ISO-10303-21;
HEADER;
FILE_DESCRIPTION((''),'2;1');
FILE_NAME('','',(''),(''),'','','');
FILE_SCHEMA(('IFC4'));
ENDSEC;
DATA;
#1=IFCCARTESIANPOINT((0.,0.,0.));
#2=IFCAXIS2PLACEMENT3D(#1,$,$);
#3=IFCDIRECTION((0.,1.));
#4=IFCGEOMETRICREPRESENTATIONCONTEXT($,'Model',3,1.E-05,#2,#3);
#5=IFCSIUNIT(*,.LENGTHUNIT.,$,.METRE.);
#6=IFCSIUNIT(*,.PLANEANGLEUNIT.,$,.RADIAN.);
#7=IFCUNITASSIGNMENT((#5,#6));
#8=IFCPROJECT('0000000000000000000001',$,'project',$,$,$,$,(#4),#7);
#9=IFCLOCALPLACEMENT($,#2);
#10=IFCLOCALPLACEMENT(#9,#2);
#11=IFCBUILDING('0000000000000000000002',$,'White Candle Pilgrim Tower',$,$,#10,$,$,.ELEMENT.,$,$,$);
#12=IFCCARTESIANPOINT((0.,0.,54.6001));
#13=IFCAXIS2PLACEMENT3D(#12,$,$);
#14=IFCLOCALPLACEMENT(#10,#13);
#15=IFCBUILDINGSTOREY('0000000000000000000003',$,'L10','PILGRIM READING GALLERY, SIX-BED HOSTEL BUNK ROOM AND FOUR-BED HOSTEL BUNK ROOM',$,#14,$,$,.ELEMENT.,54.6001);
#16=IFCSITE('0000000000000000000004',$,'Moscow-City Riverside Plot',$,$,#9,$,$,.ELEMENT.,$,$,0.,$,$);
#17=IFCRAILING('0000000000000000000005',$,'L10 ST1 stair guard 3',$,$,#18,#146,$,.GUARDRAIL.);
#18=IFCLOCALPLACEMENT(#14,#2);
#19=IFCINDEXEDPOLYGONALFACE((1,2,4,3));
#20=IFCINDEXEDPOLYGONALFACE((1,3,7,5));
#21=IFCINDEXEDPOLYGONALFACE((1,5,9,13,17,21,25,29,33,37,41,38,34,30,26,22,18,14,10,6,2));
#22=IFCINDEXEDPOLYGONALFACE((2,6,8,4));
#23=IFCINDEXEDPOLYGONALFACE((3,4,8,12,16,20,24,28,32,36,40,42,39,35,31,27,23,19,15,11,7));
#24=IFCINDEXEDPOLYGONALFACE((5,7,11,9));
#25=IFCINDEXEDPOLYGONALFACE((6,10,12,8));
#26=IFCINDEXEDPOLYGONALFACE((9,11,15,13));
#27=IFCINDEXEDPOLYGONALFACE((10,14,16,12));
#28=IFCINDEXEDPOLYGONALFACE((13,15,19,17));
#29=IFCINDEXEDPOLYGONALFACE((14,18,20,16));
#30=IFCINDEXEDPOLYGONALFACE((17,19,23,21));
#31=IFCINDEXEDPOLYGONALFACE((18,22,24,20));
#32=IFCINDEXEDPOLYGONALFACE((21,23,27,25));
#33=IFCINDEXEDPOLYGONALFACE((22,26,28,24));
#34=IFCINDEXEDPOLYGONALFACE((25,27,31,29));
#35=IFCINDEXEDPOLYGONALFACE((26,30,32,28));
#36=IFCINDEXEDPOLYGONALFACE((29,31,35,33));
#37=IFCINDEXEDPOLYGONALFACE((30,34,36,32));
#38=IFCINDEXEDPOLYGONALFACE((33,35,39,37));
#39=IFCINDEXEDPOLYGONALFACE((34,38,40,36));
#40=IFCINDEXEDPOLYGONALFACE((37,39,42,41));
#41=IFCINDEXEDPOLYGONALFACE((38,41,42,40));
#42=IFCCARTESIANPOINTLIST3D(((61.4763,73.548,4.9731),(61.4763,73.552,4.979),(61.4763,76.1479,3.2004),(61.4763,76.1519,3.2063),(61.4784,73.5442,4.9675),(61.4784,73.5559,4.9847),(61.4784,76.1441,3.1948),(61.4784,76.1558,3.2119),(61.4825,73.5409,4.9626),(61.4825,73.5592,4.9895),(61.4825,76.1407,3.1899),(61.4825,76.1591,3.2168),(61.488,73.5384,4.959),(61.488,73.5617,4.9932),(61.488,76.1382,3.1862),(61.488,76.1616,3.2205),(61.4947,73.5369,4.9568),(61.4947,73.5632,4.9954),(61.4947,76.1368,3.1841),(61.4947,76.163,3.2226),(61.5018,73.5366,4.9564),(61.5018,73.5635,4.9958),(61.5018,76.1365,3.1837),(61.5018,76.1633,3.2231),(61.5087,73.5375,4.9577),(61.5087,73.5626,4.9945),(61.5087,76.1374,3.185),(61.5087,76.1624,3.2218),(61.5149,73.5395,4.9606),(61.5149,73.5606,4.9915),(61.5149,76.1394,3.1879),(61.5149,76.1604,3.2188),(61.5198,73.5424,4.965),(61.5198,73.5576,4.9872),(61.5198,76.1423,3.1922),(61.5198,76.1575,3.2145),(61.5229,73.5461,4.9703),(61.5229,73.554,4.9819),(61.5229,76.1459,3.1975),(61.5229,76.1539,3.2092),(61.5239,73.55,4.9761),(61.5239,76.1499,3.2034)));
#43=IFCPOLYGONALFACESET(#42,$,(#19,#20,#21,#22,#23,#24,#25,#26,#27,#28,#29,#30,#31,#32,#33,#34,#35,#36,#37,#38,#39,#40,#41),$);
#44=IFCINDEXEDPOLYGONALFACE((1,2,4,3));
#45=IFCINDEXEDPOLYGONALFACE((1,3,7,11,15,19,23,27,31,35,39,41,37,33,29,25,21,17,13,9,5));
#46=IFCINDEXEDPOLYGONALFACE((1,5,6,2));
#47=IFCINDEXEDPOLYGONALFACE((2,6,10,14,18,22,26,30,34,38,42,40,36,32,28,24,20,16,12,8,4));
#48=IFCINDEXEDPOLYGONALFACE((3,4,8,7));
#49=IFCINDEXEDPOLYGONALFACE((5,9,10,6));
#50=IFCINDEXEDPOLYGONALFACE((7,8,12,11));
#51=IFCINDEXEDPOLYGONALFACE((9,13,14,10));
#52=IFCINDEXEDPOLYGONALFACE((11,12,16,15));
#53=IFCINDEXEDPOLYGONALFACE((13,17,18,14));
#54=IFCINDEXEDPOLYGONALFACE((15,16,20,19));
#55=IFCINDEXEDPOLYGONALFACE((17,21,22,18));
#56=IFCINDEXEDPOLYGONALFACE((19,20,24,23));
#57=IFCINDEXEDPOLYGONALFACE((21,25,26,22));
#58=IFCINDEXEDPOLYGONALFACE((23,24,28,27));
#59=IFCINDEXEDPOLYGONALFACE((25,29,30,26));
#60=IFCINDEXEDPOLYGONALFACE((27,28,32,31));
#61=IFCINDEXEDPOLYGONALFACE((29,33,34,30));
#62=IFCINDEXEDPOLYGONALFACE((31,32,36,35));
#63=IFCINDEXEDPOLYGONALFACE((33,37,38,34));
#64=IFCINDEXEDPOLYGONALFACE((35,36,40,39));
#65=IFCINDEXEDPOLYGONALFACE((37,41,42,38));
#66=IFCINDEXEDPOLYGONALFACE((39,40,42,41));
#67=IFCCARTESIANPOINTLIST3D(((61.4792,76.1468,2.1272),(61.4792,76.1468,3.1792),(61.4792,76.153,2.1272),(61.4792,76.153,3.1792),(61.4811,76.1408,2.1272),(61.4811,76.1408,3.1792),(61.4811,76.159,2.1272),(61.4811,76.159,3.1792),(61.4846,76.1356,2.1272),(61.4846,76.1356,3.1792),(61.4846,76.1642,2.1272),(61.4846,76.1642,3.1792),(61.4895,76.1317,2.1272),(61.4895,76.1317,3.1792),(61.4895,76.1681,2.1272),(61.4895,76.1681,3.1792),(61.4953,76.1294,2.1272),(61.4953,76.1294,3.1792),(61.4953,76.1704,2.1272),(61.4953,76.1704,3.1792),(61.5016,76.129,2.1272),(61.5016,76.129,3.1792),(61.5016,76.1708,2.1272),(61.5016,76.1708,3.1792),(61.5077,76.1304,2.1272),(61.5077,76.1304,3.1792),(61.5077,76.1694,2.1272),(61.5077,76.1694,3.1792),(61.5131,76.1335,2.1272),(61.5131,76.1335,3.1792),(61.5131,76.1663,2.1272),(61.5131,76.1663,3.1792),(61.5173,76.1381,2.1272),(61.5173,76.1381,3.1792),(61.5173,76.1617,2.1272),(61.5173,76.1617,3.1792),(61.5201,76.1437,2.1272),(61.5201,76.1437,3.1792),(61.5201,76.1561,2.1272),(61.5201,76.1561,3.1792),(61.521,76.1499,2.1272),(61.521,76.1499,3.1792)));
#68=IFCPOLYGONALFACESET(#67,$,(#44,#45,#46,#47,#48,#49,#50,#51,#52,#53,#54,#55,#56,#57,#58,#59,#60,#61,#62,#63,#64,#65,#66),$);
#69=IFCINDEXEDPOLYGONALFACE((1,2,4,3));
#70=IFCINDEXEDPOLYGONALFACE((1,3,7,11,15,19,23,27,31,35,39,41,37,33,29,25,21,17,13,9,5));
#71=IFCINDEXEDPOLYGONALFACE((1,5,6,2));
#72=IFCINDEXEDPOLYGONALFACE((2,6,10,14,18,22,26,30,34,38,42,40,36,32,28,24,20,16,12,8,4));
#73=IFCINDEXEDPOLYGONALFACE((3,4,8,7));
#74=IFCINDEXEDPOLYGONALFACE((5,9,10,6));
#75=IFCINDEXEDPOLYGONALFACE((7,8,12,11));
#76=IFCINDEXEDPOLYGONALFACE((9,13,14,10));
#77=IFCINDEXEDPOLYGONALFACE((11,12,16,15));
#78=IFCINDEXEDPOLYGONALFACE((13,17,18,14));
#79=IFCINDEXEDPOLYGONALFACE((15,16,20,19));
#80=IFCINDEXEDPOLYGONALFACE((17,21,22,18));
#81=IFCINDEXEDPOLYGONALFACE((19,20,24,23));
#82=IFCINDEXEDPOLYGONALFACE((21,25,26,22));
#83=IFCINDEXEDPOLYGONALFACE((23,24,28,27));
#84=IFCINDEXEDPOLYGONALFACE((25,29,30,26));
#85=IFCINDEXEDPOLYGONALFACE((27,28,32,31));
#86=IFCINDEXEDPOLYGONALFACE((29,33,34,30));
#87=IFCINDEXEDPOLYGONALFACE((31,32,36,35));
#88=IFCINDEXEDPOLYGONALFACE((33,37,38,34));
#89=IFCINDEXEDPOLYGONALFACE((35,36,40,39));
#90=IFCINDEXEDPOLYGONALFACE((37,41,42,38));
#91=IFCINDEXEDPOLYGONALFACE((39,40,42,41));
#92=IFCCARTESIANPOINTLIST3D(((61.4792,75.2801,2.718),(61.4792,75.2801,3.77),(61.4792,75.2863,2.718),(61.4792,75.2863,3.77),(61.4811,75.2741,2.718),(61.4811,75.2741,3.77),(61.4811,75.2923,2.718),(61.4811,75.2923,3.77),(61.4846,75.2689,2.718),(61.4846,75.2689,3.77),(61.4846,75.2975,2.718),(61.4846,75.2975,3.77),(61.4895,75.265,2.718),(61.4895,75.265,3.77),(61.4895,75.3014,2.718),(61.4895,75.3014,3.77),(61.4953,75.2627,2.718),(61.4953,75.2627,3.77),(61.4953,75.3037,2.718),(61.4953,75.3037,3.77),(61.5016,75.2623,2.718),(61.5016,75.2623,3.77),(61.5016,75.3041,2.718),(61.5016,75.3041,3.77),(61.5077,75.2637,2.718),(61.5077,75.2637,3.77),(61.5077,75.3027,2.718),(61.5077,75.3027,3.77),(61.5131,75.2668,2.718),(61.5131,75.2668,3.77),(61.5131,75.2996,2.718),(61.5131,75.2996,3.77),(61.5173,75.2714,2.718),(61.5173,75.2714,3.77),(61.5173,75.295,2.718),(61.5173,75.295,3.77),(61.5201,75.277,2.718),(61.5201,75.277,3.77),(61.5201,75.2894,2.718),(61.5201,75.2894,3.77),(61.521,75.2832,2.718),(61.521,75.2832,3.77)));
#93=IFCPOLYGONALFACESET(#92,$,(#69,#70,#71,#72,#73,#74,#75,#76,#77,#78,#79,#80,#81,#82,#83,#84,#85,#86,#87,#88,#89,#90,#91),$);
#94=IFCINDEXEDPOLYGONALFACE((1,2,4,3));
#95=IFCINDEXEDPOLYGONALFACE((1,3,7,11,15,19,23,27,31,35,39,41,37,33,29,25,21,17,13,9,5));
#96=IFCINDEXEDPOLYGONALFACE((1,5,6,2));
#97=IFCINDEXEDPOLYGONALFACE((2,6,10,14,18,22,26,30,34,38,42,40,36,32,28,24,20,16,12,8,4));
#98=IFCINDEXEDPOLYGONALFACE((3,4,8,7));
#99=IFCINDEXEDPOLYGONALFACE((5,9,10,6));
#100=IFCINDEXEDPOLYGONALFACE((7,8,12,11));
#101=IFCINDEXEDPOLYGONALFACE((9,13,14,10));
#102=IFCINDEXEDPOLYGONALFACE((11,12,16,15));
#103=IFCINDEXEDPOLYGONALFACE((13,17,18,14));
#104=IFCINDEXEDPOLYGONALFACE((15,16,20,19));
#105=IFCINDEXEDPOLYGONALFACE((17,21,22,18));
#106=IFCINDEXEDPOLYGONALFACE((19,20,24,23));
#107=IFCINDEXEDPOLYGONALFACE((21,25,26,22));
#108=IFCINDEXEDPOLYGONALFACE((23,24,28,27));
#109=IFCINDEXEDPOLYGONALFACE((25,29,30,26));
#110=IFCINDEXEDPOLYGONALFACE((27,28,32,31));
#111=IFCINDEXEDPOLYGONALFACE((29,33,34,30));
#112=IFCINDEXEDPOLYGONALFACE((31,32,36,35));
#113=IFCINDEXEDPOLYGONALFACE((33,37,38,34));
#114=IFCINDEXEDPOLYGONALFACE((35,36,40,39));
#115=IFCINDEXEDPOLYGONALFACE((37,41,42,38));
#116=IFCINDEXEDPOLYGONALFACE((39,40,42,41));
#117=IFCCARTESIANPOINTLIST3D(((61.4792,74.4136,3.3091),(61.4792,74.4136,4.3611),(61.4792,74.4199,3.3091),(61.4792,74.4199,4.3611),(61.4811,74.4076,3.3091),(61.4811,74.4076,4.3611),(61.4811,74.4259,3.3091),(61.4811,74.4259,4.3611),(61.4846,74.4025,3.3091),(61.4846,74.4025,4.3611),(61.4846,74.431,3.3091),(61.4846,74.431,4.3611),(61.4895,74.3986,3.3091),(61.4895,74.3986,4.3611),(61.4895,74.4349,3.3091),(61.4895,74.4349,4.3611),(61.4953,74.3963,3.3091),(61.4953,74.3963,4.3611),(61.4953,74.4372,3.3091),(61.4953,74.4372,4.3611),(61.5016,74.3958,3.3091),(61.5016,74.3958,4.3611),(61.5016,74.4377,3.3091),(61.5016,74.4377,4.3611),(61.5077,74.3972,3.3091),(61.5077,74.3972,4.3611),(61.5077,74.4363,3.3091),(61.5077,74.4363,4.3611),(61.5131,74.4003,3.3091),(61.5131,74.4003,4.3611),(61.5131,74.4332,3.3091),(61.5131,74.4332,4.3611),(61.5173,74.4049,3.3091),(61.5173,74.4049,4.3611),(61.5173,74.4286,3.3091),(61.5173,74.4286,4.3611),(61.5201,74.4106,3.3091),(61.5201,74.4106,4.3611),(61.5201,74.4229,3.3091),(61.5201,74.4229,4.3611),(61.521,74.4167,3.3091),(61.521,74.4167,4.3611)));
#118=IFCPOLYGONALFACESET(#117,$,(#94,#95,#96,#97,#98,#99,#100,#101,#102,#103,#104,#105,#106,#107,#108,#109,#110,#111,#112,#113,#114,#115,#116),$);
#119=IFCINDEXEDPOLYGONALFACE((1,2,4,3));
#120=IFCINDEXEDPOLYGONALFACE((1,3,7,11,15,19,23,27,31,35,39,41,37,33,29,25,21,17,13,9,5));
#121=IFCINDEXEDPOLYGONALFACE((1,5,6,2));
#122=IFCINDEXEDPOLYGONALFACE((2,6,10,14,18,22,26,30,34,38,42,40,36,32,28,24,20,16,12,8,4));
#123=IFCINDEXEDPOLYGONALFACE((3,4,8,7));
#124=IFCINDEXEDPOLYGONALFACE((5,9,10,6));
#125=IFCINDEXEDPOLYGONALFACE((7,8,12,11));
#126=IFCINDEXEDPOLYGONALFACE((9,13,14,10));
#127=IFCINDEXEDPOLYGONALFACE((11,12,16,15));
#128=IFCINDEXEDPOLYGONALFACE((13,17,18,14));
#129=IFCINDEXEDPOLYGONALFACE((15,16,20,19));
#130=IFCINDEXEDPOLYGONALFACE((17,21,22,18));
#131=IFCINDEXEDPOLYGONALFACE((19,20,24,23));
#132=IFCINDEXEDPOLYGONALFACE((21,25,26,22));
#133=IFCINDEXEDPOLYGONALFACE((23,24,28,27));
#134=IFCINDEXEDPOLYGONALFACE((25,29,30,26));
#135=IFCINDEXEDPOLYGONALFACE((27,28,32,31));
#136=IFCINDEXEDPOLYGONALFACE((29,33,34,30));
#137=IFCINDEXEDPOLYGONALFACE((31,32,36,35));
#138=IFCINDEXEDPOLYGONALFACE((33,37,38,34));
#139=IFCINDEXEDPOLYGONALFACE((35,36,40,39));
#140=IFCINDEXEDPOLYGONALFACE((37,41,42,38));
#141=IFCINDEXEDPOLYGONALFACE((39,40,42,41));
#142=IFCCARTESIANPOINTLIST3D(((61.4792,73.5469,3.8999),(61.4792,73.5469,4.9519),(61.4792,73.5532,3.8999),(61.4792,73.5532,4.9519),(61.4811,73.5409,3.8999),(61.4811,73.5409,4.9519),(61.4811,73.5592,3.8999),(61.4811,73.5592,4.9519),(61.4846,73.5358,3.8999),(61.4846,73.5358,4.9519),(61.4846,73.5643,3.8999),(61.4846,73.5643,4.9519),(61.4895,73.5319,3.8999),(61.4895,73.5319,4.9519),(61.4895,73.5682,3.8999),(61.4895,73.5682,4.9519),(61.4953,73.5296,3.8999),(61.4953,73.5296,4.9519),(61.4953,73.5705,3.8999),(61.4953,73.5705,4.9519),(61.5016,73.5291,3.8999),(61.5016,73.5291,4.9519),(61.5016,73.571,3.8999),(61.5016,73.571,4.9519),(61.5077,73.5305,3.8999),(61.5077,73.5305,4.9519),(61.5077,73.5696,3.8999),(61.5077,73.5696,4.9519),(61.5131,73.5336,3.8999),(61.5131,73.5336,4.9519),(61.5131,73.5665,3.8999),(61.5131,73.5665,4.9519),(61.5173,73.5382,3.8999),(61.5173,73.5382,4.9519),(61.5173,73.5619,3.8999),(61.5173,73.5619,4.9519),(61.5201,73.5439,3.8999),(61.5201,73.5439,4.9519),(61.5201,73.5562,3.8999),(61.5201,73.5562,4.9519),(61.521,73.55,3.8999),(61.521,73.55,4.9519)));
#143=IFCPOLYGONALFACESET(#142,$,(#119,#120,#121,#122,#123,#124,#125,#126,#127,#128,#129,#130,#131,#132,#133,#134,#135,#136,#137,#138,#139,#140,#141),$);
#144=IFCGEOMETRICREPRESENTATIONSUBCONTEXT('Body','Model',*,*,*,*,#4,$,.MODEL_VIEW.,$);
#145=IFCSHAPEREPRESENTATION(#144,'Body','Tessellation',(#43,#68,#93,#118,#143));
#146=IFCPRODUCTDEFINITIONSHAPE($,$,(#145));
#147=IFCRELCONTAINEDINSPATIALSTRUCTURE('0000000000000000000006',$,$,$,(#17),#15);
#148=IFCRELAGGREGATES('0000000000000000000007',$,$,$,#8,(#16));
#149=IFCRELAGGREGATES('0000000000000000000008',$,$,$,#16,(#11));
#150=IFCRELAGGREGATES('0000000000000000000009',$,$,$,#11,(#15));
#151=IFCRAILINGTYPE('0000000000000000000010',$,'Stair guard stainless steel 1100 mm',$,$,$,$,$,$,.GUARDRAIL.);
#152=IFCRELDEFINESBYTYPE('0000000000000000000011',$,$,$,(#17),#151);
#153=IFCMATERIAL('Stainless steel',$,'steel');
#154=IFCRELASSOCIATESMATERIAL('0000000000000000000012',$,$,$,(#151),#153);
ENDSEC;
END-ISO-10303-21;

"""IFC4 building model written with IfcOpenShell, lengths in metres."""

from ifc_helpers import new_model, si_unit, direction, frame, origin, origin_2d, place, context, subcontext, project, spatial, circle, extrude, material, type_object, element, save


model = new_model("IFC4")

# Units and contexts
model_context = context("Model", 3, precision=1e-05, world=origin(), true_north=direction((0.0, 1.0)))
body_context = subcontext(model_context, "Body", "Model", "MODEL_VIEW")
ifc_project = project(units=[si_unit("LENGTHUNIT", "METRE"), si_unit("PLANEANGLEUNIT", "RADIAN")], contexts=[model_context])

# Site, building, storey
site_placement = place(None, origin())
site = spatial("IfcSite", under=ifc_project, at=site_placement, Name="Moscow-City Riverside Plot", CompositionType="ELEMENT", RefElevation=0.0)
building_placement = place(site_placement, origin())
building = spatial("IfcBuilding", under=site, at=building_placement, Name="White Candle Pilgrim Tower", CompositionType="ELEMENT")
storey_placement = place(building_placement, frame((0.0, 0.0, 54.6001)))
storey = spatial("IfcBuildingStorey", under=building, at=storey_placement, Name="L10", Description="PILGRIM READING GALLERY, SIX-BED HOSTEL BUNK ROOM AND FOUR-BED HOSTEL BUNK ROOM", CompositionType="ELEMENT", Elevation=54.6001)

# Railing
ifc_material_1 = material(Name="Stainless steel", Category="steel")
railing_type_1 = type_object("IfcRailingType", Name="Stair guard stainless steel 1100 mm", PredefinedType="GUARDRAIL", material=ifc_material_1)
railing_1_placement = place(storey_placement, frame((61.5, 76.1499, 2.1272)))
element("IfcRailing", 1, at=railing_1_placement, inside=storey, type_object=railing_type_1, Name="L10 ST1 stair guard 3", PredefinedType="GUARDRAIL", context=body_context, shape_type="SweptSolid", body=[
    extrude(circle(Radius=0.0239, at=origin_2d()), frame((0.0, 0.0, 1.0762), z_axis=(0.0, -0.826216, 0.563354), x_axis=(1.0, 0.0, 0.0)), (0.0, 0.0, 1.0), 3.1467),
    extrude(circle(Radius=0.021, at=origin_2d()), origin(), (0.0, 0.0, 1.0), 1.052),
    extrude(circle(Radius=0.021, at=origin_2d()), frame((0.0, -0.8667, 0.5908)), (0.0, 0.0, 1.0), 1.052),
    extrude(circle(Radius=0.021, at=origin_2d()), frame((0.0, -1.7332, 1.1819)), (0.0, 0.0, 1.0), 1.052),
    extrude(circle(Radius=0.021, at=origin_2d()), frame((0.0, -2.5999, 1.7727)), (0.0, 0.0, 1.0), 1.052),
])

save(model, "model.ifc")
